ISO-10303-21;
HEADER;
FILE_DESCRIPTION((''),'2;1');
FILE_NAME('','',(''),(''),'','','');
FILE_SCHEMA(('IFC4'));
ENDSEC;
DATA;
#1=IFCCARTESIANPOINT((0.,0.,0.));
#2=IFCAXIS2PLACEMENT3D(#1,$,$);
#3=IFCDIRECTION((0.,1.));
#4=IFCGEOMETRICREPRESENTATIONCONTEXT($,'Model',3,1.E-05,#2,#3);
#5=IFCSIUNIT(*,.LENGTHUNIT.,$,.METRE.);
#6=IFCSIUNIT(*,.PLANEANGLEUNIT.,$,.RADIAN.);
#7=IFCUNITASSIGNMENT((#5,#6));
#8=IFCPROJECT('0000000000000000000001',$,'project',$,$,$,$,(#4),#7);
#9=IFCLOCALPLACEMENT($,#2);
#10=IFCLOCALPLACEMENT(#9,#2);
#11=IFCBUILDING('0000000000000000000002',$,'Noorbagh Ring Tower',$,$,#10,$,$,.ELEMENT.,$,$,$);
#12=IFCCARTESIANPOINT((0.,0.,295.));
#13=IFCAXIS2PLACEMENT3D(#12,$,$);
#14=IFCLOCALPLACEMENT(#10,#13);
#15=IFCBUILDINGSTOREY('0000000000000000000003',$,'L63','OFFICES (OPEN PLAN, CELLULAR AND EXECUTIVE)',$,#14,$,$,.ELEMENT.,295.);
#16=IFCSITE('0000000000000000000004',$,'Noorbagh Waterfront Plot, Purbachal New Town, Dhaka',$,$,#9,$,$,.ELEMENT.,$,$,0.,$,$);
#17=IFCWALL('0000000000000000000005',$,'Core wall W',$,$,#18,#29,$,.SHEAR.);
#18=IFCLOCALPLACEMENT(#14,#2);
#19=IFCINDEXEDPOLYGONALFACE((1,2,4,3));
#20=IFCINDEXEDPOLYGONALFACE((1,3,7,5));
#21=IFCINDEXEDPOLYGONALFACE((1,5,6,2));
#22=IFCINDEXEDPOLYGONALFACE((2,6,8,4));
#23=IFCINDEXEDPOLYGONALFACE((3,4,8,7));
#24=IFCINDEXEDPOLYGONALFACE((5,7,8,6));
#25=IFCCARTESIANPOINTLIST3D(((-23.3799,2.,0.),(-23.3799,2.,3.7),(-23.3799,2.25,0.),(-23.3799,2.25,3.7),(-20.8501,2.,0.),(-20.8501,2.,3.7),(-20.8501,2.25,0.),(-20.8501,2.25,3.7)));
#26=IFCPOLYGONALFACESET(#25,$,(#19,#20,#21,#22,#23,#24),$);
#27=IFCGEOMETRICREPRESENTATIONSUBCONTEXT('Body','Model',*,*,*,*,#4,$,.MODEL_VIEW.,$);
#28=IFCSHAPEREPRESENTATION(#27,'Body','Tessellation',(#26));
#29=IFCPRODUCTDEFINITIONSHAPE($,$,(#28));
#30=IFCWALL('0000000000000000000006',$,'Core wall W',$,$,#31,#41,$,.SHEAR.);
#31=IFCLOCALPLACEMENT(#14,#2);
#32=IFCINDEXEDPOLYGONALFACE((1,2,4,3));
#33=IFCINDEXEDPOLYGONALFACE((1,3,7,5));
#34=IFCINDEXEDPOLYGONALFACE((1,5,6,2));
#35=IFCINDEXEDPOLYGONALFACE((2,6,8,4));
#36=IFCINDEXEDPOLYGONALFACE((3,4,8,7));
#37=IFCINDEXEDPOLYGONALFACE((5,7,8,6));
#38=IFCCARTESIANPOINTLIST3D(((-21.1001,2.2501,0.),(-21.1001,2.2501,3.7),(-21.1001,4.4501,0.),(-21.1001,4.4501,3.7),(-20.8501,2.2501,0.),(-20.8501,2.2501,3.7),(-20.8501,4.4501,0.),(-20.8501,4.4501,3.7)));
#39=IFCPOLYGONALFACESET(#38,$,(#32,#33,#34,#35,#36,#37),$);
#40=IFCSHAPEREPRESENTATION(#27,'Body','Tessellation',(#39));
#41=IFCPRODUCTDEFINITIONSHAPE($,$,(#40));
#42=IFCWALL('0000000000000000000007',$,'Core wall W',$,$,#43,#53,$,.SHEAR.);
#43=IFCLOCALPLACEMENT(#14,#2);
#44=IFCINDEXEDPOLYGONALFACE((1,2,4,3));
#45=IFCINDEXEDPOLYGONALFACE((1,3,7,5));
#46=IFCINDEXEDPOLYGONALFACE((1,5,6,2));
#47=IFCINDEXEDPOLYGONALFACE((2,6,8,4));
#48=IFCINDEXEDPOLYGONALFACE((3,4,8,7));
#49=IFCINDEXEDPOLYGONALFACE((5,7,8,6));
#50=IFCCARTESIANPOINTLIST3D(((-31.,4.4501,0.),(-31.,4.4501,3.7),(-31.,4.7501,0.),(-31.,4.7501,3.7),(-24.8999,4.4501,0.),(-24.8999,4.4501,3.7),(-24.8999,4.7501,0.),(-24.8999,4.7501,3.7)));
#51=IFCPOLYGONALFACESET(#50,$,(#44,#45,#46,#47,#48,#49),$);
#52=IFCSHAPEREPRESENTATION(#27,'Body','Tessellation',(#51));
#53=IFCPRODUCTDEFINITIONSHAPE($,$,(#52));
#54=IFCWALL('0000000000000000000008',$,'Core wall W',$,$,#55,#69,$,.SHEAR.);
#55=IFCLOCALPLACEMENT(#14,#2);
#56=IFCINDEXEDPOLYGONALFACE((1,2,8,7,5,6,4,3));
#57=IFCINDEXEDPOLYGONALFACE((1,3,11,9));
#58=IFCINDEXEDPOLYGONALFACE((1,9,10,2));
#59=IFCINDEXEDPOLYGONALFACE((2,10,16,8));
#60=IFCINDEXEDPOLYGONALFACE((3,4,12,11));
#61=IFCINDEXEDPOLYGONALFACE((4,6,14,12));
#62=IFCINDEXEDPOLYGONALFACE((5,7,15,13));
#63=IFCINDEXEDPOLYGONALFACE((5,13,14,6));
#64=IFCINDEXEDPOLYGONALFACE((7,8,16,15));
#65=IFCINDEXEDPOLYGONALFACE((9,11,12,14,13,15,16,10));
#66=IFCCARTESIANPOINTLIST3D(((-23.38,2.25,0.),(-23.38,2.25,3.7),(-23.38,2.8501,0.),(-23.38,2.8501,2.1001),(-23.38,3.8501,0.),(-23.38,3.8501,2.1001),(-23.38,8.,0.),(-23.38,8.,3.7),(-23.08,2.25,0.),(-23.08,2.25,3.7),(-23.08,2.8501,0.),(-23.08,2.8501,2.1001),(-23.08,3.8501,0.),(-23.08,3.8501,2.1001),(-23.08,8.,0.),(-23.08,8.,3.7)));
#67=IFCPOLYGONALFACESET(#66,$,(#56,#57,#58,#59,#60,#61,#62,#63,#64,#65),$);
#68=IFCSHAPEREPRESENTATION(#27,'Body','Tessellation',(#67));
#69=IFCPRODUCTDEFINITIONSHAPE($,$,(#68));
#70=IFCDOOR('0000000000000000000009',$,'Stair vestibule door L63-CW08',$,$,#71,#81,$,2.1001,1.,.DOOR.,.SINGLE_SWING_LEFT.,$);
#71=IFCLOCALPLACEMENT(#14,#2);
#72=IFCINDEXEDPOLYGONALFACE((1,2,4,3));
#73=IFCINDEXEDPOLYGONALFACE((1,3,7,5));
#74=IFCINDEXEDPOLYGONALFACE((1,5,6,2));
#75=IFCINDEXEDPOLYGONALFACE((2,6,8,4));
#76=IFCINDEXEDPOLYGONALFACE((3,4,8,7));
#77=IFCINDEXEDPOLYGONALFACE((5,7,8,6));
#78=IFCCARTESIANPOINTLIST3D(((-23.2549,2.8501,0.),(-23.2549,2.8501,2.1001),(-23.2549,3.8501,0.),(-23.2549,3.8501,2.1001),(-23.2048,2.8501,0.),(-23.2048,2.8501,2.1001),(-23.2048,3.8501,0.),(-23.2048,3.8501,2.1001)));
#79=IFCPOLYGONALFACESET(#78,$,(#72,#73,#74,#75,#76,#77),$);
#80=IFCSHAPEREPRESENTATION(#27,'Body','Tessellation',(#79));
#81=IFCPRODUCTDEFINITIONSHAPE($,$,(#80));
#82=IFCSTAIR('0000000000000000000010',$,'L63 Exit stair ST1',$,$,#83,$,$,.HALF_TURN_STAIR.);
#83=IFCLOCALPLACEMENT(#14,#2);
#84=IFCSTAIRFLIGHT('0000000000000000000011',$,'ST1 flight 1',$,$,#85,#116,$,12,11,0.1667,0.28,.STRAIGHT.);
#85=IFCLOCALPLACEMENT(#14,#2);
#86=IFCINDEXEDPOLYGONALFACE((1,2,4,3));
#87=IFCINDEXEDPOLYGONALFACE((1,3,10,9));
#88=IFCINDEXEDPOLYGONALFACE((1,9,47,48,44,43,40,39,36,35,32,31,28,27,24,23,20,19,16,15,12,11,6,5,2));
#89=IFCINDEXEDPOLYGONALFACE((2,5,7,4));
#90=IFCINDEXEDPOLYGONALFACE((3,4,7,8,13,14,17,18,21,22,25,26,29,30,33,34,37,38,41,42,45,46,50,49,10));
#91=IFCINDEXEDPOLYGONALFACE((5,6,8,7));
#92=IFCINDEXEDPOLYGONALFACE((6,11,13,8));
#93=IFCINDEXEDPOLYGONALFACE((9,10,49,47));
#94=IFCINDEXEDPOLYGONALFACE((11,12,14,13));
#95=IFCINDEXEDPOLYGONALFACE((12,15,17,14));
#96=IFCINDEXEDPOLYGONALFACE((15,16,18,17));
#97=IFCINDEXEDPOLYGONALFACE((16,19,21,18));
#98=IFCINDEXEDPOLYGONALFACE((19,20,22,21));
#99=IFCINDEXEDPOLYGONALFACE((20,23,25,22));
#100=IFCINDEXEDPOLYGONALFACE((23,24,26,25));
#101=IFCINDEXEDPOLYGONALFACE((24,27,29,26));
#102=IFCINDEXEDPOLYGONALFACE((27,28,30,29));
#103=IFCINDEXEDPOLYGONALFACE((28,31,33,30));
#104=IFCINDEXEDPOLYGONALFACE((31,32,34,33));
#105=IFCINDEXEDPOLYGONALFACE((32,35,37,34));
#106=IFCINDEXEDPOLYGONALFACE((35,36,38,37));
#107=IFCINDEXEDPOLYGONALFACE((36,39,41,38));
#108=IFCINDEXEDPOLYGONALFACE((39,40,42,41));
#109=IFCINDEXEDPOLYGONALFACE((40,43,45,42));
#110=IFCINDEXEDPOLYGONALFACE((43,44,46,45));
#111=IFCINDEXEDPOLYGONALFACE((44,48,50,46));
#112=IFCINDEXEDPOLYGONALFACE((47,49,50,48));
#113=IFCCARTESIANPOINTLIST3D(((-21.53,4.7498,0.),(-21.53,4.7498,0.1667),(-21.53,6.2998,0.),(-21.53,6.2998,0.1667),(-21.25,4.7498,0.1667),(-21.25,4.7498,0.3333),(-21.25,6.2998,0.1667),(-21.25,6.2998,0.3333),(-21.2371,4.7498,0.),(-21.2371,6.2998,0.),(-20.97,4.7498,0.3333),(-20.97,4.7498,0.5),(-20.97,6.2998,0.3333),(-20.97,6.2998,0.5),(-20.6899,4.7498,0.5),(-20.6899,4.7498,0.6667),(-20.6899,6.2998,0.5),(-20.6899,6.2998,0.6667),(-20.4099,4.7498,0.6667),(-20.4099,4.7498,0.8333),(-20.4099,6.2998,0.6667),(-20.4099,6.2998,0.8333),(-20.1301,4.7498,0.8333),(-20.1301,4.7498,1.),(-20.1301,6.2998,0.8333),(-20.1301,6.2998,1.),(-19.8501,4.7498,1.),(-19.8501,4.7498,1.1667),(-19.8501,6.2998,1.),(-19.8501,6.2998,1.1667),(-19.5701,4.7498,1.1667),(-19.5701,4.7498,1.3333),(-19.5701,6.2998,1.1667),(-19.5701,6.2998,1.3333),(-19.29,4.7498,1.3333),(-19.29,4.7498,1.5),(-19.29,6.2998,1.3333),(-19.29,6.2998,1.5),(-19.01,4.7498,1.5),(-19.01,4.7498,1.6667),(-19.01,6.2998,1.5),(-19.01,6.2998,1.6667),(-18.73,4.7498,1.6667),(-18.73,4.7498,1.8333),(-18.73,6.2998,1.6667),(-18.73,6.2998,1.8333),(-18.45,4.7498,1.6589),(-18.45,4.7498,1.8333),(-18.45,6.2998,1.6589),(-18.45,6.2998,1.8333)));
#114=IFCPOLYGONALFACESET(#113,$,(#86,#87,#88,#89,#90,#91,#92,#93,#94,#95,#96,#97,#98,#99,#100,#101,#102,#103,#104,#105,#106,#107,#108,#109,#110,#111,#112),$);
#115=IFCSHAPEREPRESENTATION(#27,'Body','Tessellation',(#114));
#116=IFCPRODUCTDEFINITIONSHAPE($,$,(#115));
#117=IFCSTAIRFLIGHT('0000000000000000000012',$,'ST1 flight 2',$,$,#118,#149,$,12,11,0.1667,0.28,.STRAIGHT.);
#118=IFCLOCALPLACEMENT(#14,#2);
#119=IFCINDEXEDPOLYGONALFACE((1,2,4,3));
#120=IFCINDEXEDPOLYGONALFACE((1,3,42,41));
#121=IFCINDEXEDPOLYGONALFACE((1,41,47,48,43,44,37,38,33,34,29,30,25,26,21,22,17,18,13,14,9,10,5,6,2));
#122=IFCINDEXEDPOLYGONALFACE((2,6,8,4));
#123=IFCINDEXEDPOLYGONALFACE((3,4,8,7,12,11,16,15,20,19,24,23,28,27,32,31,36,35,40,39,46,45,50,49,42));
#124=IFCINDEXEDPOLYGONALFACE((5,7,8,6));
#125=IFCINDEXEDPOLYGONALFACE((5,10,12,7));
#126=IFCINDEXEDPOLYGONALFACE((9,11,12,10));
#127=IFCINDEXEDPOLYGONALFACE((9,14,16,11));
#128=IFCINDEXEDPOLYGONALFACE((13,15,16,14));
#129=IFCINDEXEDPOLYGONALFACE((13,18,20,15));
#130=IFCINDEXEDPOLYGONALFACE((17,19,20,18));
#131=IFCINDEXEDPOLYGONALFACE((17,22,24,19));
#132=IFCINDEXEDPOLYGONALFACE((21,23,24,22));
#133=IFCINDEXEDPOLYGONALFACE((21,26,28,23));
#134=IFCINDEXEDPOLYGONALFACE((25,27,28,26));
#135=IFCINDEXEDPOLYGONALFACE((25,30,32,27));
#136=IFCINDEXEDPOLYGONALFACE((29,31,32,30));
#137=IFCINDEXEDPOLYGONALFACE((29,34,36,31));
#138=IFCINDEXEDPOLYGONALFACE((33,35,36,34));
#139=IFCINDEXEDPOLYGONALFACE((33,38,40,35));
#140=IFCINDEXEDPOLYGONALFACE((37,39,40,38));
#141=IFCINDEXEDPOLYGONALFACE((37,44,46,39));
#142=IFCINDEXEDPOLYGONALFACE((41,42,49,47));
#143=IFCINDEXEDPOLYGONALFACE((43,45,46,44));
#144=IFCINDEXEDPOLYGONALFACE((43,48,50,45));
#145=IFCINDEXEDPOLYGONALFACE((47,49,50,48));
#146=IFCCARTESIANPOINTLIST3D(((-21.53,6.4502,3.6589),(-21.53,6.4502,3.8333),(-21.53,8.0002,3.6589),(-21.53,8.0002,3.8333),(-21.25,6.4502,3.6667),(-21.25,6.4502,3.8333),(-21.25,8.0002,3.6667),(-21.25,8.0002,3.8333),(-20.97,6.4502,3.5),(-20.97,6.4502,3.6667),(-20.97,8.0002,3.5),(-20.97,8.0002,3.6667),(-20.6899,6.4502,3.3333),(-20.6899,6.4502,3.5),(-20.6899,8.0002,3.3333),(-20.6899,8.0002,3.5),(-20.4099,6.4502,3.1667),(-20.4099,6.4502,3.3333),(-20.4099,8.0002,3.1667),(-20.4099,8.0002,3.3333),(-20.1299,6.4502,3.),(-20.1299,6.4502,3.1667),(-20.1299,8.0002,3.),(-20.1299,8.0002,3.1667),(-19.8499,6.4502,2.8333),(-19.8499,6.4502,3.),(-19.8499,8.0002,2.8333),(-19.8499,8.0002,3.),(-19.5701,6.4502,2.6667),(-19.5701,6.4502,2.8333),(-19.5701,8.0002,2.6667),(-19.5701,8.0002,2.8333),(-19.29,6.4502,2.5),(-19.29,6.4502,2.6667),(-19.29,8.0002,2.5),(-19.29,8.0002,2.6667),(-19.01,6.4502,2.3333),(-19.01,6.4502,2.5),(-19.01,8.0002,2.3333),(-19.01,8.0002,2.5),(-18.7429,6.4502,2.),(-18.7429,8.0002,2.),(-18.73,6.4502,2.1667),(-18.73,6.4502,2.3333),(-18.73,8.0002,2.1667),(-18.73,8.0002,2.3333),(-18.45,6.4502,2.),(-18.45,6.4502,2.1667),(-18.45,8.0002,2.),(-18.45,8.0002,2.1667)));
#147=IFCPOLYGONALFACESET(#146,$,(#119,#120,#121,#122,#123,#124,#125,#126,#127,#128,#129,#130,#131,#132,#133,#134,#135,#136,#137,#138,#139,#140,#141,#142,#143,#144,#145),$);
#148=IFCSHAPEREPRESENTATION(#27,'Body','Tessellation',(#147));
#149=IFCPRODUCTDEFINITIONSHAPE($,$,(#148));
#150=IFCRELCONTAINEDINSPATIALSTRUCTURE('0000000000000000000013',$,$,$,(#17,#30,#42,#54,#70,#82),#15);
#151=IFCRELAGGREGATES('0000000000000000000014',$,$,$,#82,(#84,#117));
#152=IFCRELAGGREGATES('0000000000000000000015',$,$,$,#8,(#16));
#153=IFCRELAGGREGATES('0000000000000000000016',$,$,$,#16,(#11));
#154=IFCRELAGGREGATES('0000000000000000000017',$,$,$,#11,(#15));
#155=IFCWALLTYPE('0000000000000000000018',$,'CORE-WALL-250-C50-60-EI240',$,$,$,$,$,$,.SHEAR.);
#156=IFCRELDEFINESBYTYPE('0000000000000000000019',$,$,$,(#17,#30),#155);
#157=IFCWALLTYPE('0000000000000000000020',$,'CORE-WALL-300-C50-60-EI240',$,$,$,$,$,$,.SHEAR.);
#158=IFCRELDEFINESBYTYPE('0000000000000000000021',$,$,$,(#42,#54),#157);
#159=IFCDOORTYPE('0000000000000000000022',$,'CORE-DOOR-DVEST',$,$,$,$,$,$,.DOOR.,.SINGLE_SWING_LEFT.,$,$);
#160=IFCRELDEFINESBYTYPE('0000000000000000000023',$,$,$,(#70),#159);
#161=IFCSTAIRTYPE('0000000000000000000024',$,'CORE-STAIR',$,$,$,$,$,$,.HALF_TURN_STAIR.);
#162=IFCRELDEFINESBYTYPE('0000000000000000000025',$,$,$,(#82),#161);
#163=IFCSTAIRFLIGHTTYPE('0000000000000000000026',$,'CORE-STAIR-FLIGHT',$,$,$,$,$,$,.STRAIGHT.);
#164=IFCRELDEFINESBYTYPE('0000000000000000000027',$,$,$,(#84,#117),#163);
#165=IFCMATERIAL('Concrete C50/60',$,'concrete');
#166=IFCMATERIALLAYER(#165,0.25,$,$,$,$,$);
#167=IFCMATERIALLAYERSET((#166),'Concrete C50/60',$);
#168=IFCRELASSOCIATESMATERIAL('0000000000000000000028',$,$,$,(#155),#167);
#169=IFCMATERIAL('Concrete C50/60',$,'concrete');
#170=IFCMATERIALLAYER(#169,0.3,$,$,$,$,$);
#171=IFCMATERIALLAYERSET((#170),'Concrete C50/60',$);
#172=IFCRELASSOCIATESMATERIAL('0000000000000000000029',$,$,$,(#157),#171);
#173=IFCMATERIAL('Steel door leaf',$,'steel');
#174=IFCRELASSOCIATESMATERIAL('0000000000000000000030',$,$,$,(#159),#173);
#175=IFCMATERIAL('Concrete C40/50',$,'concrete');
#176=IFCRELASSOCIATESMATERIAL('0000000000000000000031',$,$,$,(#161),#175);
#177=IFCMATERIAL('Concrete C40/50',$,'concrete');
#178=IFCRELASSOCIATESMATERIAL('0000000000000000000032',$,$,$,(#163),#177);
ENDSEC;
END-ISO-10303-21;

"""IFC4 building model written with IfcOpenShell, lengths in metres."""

from ifc_helpers import new_model, si_unit, direction, frame, frame_2d, origin, place, context, subcontext, project, spatial, polyline, rectangle, outline, extrude, material, layer, layer_set, type_object, element, fill, aggregate, save


model = new_model("IFC4")

# Units and contexts
model_context = context("Model", 3, precision=1e-05, world=origin(), true_north=direction((0.0, 1.0)))
body_context = subcontext(model_context, "Body", "Model", "MODEL_VIEW")
ifc_project = project(units=[si_unit("LENGTHUNIT", "METRE"), si_unit("PLANEANGLEUNIT", "RADIAN")], contexts=[model_context])

# Site, building, storey
site_placement = place(None, origin())
site = spatial("IfcSite", under=ifc_project, at=site_placement, Name="Noorbagh Waterfront Plot, Purbachal New Town, Dhaka", CompositionType="ELEMENT", RefElevation=0.0)
building_placement = place(site_placement, origin())
building = spatial("IfcBuilding", under=site, at=building_placement, Name="Noorbagh Ring Tower", CompositionType="ELEMENT")
storey_placement = place(building_placement, frame((0.0, 0.0, 295.0)))
storey = spatial("IfcBuildingStorey", under=building, at=storey_placement, Name="L63", Description="OFFICES (OPEN PLAN, CELLULAR AND EXECUTIVE)", CompositionType="ELEMENT", Elevation=295.0)

# Walls
ifc_material_1 = material(Name="Concrete C50/60", Category="concrete")
ifc_layer_1 = layer(ifc_material_1, 0.25)
ifc_layer_set_1 = layer_set([ifc_layer_1], Name="Concrete C50/60")
wall_type_1 = type_object("IfcWallType", Name="CORE-WALL-250-C50-60-EI240", PredefinedType="SHEAR", material=ifc_layer_set_1)
wall_1_placement = place(storey_placement, frame((-20.8501, 2.125, 0.0), z_axis=(0.0, 0.0, 1.0), x_axis=(-1.0, 0.0, 0.0)))
element("IfcWall", 1, at=wall_1_placement, inside=storey, type_object=wall_type_1, Name="Core wall W", PredefinedType="SHEAR", context=body_context, shape_type="SweptSolid", body=[
    extrude(rectangle(XDim=2.5298, YDim=0.25, at=frame_2d((1.2649, 0.0))), origin(), (0.0, 0.0, 1.0), 3.7),
])
wall_2_placement = place(storey_placement, frame((-20.9751, 2.25, 0.0), z_axis=(0.0, 0.0, 1.0), x_axis=(0.0, 1.0, 0.0)))
element("IfcWall", 2, at=wall_2_placement, inside=storey, type_object=wall_type_1, Name="Core wall W", PredefinedType="SHEAR", context=body_context, shape_type="SweptSolid", body=[
    extrude(rectangle(XDim=2.2, YDim=0.25, at=frame_2d((1.1001, 0.0))), origin(), (0.0, 0.0, 1.0), 3.7),
])
ifc_material_2 = material(Name="Concrete C50/60", Category="concrete")
ifc_layer_2 = layer(ifc_material_2, 0.3)
ifc_layer_set_2 = layer_set([ifc_layer_2], Name="Concrete C50/60")
wall_type_2 = type_object("IfcWallType", Name="CORE-WALL-300-C50-60-EI240", PredefinedType="SHEAR", material=ifc_layer_set_2)
wall_3_placement = place(storey_placement, frame((-24.8999, 4.6001, 0.0), z_axis=(0.0, 0.0, 1.0), x_axis=(-1.0, 0.0, 0.0)))
element("IfcWall", 3, at=wall_3_placement, inside=storey, type_object=wall_type_2, Name="Core wall W", PredefinedType="SHEAR", context=body_context, shape_type="SweptSolid", body=[
    extrude(rectangle(XDim=6.1001, YDim=0.3, at=frame_2d((3.05, 0.0))), origin(), (0.0, 0.0, 1.0), 3.7),
])

# Wall, opening, door
wall_4_placement = place(storey_placement, frame((-23.23, 2.25, 0.0), z_axis=(0.0, 0.0, 1.0), x_axis=(0.0, 1.0, 0.0)))
wall_4 = element("IfcWall", 4, at=wall_4_placement, inside=storey, type_object=wall_type_2, Name="Core wall W", PredefinedType="SHEAR", context=body_context, shape_type="SweptSolid", body=[
    extrude(rectangle(XDim=5.75, YDim=0.3, at=frame_2d((2.875, 0.0))), origin(), (0.0, 0.0, 1.0), 3.7),
])
opening_1_placement = place(wall_4_placement, frame((0.6001, 0.0, 0.0)))
opening_1 = element("IfcOpeningElement", 5, at=opening_1_placement, cuts=wall_4, PredefinedType="OPENING", context=body_context, shape_type="SweptSolid", body=[
    extrude(rectangle(XDim=1.0, YDim=2.1001, at=frame_2d((0.5, 1.05))), frame((0.0, 0.1602, 0.0), z_axis=(0.0, -1.0, 0.0), x_axis=(1.0, 0.0, 0.0)), (0.0, 0.0, 1.0), 0.3201),
])
ifc_material_3 = material(Name="Steel door leaf", Category="steel")
door_type_1 = type_object("IfcDoorType", Name="CORE-DOOR-DVEST", OperationType="SINGLE_SWING_LEFT", PredefinedType="DOOR", material=ifc_material_3)
door_1_placement = place(opening_1_placement, origin())
door_1 = element("IfcDoor", 6, at=door_1_placement, inside=storey, type_object=door_type_1, Name="Stair vestibule door L63-CW08", OperationType="SINGLE_SWING_LEFT", OverallHeight=2.1001, OverallWidth=1.0, PredefinedType="DOOR", context=body_context, shape_type="SweptSolid", body=[
    extrude(rectangle(XDim=1.0, YDim=2.1001, at=frame_2d((0.5, 1.05))), frame((0.0, 0.0249, 0.0), z_axis=(0.0, -1.0, 0.0), x_axis=(1.0, 0.0, 0.0)), (0.0, 0.0, 1.0), 0.05),
])
fill(opening_1, door_1)

# Stair, stair flights
ifc_material_4 = material(Name="Concrete C40/50", Category="concrete")
stair_type = type_object("IfcStairType", Name="CORE-STAIR", PredefinedType="HALF_TURN_STAIR", material=ifc_material_4)
stair_placement = place(storey_placement, origin())
stair = element("IfcStair", 7, at=stair_placement, inside=storey, type_object=stair_type, Name="L63 Exit stair ST1", PredefinedType="HALF_TURN_STAIR")
ifc_material_5 = material(Name="Concrete C40/50", Category="concrete")
stair_flight_type = type_object("IfcStairFlightType", Name="CORE-STAIR-FLIGHT", PredefinedType="STRAIGHT", material=ifc_material_5)
stair_flight_1_placement = place(storey_placement, frame((-21.53, 5.5249, 0.0), z_axis=(0.0, 0.0, 1.0), x_axis=(1.0, 0.0, 0.0)))
stair_flight_1 = element("IfcStairFlight", 8, at=stair_flight_1_placement, type_object=stair_flight_type, Name="ST1 flight 1", NumberOfRisers=12, NumberOfTreads=11, PredefinedType="STRAIGHT", RiserHeight=0.1667, TreadLength=0.28, context=body_context, shape_type="SweptSolid", body=[
    extrude(outline(polyline([(0.0, 0.0), (0.0, 0.1667), (0.28, 0.1667), (0.28, 0.3333), (0.5601, 0.3333), (0.5601, 0.5), (0.8401, 0.5), (0.8401, 0.6667), (1.1201, 0.6667), (1.1201, 0.8333), (1.3999, 0.8333), (1.3999, 1.0), (1.6799, 1.0), (1.6799, 1.1667), (1.96, 1.1667), (1.96, 1.3333), (2.24, 1.3333), (2.24, 1.5), (2.52, 1.5), (2.52, 1.6667), (2.8, 1.6667), (2.8, 1.8333), (3.0801, 1.8333), (3.0801, 2.0), (3.0801, 1.6589), (0.293, 0.0), (0.0, 0.0)])), frame((0.0, 0.7749, 0.0), z_axis=(0.0, -1.0, 0.0), x_axis=(1.0, 0.0, 0.0)), (0.0, 0.0, 1.0), 1.55),
])
stair_flight_2_placement = place(storey_placement, frame((-18.45, 7.2251, 2.0), z_axis=(0.0, 0.0, 1.0), x_axis=(-1.0, 0.0, 0.0)))
stair_flight_2 = element("IfcStairFlight", 9, at=stair_flight_2_placement, type_object=stair_flight_type, Name="ST1 flight 2", NumberOfRisers=12, NumberOfTreads=11, PredefinedType="STRAIGHT", RiserHeight=0.1667, TreadLength=0.28, context=body_context, shape_type="SweptSolid", body=[
    extrude(outline(polyline([(0.0, 0.0), (0.0, 0.1667), (0.28, 0.1667), (0.28, 0.3333), (0.5601, 0.3333), (0.5601, 0.5), (0.8401, 0.5), (0.8401, 0.6667), (1.1201, 0.6667), (1.1201, 0.8333), (1.3999, 0.8333), (1.3999, 1.0), (1.6799, 1.0), (1.6799, 1.1667), (1.96, 1.1667), (1.96, 1.3333), (2.24, 1.3333), (2.24, 1.5), (2.52, 1.5), (2.52, 1.6667), (2.8, 1.6667), (2.8, 1.8333), (3.0801, 1.8333), (3.0801, 2.0), (3.0801, 1.6589), (0.293, 0.0), (0.0, 0.0)])), frame((0.0, 0.7749, 0.0), z_axis=(0.0, -1.0, 0.0), x_axis=(1.0, 0.0, 0.0)), (0.0, 0.0, 1.0), 1.55),
])
aggregate(stair, [stair_flight_1, stair_flight_2])

save(model, "model.ifc")
